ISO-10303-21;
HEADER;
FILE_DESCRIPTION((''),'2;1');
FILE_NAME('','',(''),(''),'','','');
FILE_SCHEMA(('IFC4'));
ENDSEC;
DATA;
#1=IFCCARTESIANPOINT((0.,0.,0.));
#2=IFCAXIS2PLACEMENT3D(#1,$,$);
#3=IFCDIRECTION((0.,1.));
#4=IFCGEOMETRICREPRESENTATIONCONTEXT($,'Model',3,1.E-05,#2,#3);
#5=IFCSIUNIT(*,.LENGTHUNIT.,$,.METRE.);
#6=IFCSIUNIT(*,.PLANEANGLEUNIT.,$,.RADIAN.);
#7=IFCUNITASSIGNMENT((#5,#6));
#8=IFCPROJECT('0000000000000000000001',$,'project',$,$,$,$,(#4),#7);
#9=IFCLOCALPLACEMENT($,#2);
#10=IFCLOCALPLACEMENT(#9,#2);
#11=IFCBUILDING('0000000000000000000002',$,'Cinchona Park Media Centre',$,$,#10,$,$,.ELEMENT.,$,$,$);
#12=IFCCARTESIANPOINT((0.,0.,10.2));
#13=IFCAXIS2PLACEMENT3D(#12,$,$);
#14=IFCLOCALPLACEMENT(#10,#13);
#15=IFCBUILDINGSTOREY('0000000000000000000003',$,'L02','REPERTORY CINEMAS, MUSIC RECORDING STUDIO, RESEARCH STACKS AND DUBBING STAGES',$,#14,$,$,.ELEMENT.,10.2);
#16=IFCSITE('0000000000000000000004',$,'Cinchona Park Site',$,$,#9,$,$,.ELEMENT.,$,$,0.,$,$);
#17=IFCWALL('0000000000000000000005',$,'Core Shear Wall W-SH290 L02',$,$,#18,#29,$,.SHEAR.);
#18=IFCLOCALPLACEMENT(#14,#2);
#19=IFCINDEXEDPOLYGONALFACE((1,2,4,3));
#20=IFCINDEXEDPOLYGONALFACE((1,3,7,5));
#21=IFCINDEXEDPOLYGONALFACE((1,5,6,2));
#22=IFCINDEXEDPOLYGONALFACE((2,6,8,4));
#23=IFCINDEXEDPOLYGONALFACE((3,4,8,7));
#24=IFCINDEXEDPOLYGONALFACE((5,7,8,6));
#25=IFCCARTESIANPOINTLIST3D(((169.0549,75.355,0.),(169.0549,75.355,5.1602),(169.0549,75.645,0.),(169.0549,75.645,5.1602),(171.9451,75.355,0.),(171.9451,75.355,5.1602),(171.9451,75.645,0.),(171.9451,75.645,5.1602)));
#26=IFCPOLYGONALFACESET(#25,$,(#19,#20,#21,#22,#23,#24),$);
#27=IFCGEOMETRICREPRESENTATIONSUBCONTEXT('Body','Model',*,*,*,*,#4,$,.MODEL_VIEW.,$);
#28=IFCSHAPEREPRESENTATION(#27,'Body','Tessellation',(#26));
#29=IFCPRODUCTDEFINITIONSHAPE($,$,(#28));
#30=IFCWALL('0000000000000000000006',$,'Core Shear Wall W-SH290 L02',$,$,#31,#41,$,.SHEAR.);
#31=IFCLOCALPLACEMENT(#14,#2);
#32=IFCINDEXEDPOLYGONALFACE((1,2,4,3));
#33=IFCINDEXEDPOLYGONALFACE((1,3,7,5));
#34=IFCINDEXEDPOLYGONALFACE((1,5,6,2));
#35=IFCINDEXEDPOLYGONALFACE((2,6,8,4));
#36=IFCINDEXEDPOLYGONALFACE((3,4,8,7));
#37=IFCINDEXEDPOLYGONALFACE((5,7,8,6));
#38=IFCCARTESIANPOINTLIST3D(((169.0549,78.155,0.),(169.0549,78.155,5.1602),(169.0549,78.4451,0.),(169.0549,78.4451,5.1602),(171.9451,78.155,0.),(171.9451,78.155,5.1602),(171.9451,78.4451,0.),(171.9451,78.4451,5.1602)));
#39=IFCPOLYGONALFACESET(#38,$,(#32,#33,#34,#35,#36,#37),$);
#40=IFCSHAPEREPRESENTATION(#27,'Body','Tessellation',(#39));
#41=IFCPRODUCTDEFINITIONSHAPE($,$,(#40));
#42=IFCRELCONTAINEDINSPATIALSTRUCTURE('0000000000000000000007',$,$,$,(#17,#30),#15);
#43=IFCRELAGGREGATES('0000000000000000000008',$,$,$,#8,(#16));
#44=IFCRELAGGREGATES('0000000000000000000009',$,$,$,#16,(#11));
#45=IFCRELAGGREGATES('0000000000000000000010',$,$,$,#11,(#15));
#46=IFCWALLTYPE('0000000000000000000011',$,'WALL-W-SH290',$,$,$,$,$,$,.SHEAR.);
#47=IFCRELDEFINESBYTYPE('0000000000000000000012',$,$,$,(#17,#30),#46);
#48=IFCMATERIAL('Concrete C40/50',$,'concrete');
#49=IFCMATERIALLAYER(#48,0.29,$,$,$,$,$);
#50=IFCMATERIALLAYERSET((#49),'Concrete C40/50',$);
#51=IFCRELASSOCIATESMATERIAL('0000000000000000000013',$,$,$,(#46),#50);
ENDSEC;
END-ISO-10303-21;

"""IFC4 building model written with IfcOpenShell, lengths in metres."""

from ifc_helpers import new_model, si_unit, direction, frame, frame_2d, origin, place, context, subcontext, project, spatial, rectangle, extrude, material, layer, layer_set, type_object, element, save


model = new_model("IFC4")

# Units and contexts
model_context = context("Model", 3, precision=1e-05, world=origin(), true_north=direction((0.0, 1.0)))
body_context = subcontext(model_context, "Body", "Model", "MODEL_VIEW")
ifc_project = project(units=[si_unit("LENGTHUNIT", "METRE"), si_unit("PLANEANGLEUNIT", "RADIAN")], contexts=[model_context])

# Site, building, storey
site_placement = place(None, origin())
site = spatial("IfcSite", under=ifc_project, at=site_placement, Name="Cinchona Park Site", CompositionType="ELEMENT", RefElevation=0.0)
building_placement = place(site_placement, origin())
building = spatial("IfcBuilding", under=site, at=building_placement, Name="Cinchona Park Media Centre", CompositionType="ELEMENT")
storey_placement = place(building_placement, frame((0.0, 0.0, 10.2)))
storey = spatial("IfcBuildingStorey", under=building, at=storey_placement, Name="L02", Description="REPERTORY CINEMAS, MUSIC RECORDING STUDIO, RESEARCH STACKS AND DUBBING STAGES", CompositionType="ELEMENT", Elevation=10.2)

# Walls
ifc_material_1 = material(Name="Concrete C40/50", Category="concrete")
ifc_layer_1 = layer(ifc_material_1, 0.29)
ifc_layer_set_1 = layer_set([ifc_layer_1], Name="Concrete C40/50")
wall_type_1 = type_object("IfcWallType", Name="WALL-W-SH290", PredefinedType="SHEAR", material=ifc_layer_set_1)
for number, where, z_axis, x_axis, name in (
    (1, (169.0549, 75.5, 0.0), (0.0, 0.0, 1.0), (1.0, 0.0, 0.0), "Core Shear Wall W-SH290 L02"),
    (2, (169.0549, 78.3, 0.0), (0.0, 0.0, 1.0), (1.0, 0.0, 0.0), "Core Shear Wall W-SH290 L02"),
):
    element("IfcWall", number, at=place(storey_placement, frame(where, z_axis=z_axis, x_axis=x_axis)), inside=storey, type_object=wall_type_1, Name=name, PredefinedType="SHEAR", context=body_context, shape_type="SweptSolid", body=[
        extrude(rectangle(XDim=2.8901, YDim=0.29, at=frame_2d((1.4451, 0.0))), origin(), (0.0, 0.0, 1.0), 5.1602),
    ])

save(model, "model.ifc")
